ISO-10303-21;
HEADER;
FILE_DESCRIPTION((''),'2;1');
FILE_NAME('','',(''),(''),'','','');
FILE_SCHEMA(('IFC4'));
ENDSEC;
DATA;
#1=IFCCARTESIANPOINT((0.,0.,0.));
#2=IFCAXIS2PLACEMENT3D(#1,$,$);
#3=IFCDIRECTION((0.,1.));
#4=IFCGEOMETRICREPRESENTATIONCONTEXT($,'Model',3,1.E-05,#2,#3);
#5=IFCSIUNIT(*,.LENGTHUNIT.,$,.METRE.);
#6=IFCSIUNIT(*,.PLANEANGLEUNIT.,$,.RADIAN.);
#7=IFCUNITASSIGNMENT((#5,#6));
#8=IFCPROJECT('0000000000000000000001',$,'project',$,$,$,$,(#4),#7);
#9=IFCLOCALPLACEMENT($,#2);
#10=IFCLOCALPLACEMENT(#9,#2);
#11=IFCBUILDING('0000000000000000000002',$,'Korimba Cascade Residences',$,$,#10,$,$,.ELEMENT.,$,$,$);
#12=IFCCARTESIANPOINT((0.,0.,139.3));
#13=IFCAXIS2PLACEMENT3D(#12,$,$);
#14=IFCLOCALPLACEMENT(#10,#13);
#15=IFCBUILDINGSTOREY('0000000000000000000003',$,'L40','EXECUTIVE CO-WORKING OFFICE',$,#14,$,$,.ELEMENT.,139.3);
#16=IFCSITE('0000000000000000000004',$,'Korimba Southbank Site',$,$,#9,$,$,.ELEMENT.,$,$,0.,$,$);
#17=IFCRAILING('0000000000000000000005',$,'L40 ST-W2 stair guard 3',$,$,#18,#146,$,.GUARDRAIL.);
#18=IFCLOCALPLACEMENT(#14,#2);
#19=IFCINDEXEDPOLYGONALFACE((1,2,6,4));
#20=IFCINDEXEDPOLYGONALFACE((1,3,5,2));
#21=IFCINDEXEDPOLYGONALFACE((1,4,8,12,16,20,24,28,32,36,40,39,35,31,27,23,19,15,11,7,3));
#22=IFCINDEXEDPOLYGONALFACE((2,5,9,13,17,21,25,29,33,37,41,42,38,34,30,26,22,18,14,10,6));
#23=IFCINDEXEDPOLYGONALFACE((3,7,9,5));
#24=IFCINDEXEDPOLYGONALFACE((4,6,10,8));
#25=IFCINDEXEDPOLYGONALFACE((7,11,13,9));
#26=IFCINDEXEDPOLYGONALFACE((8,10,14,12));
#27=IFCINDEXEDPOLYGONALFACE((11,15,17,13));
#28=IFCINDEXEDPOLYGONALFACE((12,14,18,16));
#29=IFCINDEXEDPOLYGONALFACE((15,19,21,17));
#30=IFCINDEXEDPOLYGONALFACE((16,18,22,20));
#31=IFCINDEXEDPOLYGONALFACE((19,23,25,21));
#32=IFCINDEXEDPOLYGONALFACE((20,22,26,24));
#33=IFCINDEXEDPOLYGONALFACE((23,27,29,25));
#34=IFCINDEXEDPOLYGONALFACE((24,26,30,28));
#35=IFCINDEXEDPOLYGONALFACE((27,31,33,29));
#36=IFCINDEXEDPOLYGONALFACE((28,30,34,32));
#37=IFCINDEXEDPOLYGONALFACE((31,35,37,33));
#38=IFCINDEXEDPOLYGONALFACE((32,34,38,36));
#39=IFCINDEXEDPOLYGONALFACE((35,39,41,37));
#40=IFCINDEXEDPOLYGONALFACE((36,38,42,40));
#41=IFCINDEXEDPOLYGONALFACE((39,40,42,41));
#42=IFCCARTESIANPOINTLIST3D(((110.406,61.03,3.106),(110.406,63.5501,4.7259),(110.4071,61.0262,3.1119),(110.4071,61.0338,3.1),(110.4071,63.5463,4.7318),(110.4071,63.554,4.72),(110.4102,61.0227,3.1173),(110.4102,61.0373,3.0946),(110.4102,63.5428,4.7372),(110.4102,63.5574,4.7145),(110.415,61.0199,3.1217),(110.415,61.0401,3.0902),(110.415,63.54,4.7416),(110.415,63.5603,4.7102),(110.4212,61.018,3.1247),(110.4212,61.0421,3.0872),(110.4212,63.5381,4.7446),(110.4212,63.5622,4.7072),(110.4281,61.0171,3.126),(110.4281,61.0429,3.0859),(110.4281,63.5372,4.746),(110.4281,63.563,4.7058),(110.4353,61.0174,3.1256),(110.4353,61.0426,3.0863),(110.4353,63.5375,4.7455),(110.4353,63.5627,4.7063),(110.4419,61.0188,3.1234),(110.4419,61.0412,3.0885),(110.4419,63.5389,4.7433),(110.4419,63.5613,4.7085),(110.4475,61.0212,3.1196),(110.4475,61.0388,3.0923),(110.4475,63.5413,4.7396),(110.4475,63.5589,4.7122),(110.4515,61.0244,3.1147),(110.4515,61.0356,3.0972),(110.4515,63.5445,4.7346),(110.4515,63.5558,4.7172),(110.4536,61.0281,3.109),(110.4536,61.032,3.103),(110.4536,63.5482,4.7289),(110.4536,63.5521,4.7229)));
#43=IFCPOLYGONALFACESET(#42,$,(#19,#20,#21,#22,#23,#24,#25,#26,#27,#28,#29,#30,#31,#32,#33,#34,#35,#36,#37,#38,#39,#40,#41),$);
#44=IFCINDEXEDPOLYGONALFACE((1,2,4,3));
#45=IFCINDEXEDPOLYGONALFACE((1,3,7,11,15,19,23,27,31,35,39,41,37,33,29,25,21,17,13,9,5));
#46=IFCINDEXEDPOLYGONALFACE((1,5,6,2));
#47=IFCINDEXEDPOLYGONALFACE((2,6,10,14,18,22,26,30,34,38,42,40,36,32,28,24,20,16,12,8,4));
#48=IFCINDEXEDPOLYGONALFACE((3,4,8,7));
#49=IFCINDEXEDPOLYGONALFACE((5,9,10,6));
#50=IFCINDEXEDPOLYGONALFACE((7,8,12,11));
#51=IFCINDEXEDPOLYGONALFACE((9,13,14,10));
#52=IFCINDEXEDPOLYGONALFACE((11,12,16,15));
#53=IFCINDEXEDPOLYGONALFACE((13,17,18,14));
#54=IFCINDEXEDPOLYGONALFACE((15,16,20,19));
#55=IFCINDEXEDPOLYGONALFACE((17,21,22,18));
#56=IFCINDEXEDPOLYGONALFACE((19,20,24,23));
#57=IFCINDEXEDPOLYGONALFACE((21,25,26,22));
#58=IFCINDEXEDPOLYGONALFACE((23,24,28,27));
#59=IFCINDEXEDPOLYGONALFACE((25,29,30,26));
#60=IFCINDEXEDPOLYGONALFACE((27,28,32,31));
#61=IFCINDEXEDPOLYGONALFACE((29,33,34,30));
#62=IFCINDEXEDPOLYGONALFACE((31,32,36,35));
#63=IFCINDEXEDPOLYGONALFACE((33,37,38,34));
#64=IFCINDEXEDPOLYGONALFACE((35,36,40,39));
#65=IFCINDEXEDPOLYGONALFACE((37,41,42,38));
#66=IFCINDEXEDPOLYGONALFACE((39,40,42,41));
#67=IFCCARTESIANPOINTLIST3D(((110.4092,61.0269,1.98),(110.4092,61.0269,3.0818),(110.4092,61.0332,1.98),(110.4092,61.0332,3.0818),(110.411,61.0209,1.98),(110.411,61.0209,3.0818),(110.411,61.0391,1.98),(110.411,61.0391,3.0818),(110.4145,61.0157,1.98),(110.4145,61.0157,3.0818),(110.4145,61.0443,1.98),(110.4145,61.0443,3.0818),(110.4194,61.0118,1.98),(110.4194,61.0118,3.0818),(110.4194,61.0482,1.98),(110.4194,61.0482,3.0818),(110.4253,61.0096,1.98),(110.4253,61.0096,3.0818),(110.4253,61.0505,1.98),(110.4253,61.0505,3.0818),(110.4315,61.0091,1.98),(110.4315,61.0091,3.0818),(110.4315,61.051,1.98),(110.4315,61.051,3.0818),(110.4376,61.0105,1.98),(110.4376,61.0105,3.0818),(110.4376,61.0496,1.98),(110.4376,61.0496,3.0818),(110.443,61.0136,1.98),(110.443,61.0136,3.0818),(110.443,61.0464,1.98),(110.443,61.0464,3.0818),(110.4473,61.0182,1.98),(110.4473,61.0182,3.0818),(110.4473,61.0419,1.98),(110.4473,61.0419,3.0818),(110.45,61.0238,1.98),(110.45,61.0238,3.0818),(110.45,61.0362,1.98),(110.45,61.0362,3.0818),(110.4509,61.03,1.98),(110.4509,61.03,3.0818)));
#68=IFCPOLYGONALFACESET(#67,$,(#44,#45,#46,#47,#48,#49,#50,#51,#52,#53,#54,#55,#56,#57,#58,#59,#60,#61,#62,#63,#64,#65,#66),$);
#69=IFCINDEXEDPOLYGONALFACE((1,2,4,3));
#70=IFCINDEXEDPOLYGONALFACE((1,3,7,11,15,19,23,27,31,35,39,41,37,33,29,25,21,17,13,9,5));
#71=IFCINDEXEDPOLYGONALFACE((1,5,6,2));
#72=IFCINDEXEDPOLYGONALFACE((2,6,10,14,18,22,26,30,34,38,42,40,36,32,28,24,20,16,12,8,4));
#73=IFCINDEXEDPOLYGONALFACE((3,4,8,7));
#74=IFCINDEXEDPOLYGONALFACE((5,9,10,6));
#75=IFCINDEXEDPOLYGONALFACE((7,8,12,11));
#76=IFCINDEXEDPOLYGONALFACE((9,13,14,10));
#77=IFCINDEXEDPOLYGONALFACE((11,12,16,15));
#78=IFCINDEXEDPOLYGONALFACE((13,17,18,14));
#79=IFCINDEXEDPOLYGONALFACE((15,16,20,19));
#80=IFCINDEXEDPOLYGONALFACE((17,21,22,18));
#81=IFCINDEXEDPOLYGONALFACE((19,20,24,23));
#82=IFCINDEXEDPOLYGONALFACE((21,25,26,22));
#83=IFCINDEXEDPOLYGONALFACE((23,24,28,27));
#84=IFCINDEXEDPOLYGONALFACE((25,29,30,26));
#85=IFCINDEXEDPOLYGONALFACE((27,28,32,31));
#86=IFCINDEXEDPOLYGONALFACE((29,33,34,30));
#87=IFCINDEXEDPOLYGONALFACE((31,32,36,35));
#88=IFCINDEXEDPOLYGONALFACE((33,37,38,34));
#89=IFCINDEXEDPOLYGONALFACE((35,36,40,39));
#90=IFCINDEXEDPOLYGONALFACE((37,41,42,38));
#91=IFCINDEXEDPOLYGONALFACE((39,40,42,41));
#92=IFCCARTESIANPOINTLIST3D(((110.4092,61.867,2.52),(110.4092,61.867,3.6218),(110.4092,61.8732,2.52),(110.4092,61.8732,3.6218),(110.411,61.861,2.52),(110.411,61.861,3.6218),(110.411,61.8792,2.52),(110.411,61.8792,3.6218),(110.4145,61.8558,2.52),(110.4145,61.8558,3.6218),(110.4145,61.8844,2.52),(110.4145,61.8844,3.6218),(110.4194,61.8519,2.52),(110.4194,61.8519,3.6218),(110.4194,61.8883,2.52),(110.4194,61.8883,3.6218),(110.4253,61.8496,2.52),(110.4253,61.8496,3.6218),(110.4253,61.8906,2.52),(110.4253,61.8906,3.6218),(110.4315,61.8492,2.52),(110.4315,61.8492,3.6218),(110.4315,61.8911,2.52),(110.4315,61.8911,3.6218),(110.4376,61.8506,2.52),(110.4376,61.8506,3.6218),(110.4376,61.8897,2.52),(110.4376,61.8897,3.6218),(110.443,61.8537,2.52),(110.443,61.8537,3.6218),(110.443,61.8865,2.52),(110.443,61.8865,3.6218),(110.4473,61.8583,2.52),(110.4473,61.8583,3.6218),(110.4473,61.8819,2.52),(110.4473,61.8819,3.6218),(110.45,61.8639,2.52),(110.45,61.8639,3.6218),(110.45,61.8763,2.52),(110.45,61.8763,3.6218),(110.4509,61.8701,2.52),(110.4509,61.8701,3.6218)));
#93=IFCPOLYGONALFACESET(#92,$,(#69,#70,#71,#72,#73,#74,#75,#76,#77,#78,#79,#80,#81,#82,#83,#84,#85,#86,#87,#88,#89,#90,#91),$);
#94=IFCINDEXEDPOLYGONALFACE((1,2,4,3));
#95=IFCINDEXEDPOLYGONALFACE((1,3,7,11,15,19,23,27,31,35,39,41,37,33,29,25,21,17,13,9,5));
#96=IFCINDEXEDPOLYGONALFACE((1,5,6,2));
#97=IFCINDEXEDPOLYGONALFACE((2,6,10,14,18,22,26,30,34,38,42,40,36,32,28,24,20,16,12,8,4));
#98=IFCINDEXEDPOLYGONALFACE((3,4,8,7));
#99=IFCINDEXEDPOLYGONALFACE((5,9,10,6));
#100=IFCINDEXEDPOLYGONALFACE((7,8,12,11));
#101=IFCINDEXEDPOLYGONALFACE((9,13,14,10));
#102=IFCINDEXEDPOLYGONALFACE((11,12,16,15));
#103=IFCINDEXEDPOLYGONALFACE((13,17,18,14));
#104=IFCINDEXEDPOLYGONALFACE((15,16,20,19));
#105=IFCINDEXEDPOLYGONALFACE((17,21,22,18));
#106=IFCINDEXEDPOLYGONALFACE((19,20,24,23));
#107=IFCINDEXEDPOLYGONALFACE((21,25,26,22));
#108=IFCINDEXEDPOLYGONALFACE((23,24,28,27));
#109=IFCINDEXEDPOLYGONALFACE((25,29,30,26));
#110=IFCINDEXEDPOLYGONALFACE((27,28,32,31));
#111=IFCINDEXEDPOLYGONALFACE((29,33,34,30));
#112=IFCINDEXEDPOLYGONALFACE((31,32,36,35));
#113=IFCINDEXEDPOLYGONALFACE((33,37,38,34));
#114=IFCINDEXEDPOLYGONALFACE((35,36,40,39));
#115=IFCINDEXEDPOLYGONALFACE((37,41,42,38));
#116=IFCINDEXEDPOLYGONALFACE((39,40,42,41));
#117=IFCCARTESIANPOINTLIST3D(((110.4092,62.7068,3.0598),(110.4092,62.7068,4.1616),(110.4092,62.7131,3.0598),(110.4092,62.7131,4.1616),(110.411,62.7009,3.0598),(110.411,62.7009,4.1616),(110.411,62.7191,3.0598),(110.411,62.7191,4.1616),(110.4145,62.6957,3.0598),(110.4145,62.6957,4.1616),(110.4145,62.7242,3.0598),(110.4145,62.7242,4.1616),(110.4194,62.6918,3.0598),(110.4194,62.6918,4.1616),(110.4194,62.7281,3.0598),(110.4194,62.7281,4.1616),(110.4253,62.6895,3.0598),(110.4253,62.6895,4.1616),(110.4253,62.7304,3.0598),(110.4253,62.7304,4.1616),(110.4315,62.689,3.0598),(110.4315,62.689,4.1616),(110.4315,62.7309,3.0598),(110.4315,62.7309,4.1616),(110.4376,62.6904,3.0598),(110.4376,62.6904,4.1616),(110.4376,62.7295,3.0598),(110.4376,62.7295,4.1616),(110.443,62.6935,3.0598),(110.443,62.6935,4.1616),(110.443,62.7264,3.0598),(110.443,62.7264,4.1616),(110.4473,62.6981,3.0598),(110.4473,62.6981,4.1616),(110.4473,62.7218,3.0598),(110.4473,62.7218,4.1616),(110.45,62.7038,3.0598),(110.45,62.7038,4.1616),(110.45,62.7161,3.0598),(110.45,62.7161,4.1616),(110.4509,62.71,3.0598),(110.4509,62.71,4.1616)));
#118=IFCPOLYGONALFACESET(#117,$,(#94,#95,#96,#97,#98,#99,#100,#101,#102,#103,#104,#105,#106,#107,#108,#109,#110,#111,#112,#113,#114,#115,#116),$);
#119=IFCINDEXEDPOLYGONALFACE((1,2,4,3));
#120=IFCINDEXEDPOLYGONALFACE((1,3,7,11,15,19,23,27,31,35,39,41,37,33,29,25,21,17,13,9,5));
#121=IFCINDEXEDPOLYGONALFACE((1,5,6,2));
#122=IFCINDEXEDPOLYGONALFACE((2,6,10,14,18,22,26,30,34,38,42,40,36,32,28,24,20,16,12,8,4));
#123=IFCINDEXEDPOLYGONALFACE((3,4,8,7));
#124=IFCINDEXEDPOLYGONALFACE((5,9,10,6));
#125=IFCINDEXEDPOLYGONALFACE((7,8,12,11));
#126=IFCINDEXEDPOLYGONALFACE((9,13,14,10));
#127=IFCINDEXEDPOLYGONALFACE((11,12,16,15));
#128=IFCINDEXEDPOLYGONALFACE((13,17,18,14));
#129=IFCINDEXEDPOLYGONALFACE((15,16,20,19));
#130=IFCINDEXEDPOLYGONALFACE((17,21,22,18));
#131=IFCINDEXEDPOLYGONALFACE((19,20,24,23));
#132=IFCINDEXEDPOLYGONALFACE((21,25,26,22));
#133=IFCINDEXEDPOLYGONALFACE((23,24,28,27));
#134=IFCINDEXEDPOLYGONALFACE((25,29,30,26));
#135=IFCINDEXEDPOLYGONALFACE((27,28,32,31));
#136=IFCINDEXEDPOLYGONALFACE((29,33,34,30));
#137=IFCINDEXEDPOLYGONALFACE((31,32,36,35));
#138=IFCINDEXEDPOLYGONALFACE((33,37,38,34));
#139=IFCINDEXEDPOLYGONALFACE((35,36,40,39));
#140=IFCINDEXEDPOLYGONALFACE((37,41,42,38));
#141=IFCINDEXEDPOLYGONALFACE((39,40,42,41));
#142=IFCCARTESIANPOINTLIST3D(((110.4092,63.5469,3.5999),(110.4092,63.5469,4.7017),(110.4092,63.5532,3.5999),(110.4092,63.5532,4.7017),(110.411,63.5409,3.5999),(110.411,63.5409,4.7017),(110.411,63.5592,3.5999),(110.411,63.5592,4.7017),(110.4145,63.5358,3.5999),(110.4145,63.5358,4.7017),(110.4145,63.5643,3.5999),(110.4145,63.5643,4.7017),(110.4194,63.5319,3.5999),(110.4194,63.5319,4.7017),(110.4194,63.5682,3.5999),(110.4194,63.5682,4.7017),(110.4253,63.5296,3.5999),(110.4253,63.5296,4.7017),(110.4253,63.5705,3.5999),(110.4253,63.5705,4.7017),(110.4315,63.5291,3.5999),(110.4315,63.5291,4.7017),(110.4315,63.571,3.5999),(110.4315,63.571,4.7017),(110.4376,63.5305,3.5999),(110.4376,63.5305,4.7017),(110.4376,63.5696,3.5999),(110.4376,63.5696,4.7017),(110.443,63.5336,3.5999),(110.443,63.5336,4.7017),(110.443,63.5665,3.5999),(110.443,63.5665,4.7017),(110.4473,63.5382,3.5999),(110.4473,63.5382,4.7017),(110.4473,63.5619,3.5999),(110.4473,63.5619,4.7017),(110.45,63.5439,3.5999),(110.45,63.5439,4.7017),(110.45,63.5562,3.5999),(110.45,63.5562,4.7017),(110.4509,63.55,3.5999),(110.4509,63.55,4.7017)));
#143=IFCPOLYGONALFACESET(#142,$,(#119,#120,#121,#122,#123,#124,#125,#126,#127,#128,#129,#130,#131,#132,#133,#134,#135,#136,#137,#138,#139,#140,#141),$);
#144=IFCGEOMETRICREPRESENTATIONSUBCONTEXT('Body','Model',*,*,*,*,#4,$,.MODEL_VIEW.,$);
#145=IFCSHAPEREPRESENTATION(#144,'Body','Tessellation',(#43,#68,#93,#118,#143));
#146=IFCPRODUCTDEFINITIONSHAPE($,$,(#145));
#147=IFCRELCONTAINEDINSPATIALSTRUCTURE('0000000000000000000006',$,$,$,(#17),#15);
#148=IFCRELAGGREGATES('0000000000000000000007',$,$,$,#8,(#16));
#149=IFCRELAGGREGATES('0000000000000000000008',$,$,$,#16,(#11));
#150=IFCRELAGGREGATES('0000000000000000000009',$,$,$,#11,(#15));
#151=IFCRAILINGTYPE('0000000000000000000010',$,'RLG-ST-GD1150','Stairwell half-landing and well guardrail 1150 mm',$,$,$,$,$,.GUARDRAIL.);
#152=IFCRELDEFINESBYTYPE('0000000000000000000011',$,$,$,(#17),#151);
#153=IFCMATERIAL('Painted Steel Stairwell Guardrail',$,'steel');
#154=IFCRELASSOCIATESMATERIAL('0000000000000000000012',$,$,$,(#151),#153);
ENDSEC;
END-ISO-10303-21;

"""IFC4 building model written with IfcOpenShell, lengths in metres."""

from ifc_helpers import new_model, si_unit, direction, frame, origin, origin_2d, place, context, subcontext, project, spatial, circle, extrude, material, type_object, element, save


model = new_model("IFC4")

# Units and contexts
model_context = context("Model", 3, precision=1e-05, world=origin(), true_north=direction((0.0, 1.0)))
body_context = subcontext(model_context, "Body", "Model", "MODEL_VIEW")
ifc_project = project(units=[si_unit("LENGTHUNIT", "METRE"), si_unit("PLANEANGLEUNIT", "RADIAN")], contexts=[model_context])

# Site, building, storey
site_placement = place(None, origin())
site = spatial("IfcSite", under=ifc_project, at=site_placement, Name="Korimba Southbank Site", CompositionType="ELEMENT", RefElevation=0.0)
building_placement = place(site_placement, origin())
building = spatial("IfcBuilding", under=site, at=building_placement, Name="Korimba Cascade Residences", CompositionType="ELEMENT")
storey_placement = place(building_placement, frame((0.0, 0.0, 139.3)))
storey = spatial("IfcBuildingStorey", under=building, at=storey_placement, Name="L40", Description="EXECUTIVE CO-WORKING OFFICE", CompositionType="ELEMENT", Elevation=139.3)

# Railing
ifc_material_1 = material(Name="Painted Steel Stairwell Guardrail", Category="steel")
railing_type_1 = type_object("IfcRailingType", Name="RLG-ST-GD1150", Description="Stairwell half-landing and well guardrail 1150 mm", PredefinedType="GUARDRAIL", material=ifc_material_1)
railing_1_placement = place(storey_placement, frame((110.4299, 61.03, 1.98)))
element("IfcRailing", 1, at=railing_1_placement, inside=storey, type_object=railing_type_1, Name="L40 ST-W2 stair guard 3", PredefinedType="GUARDRAIL", context=body_context, shape_type="SweptSolid", body=[
    extrude(circle(Radius=0.0239, at=origin_2d()), frame((0.0, 0.0, 1.126), z_axis=(0.0, 0.8412, 0.540725), x_axis=(-1.0, 0.0, 0.0)), (0.0, 0.0, 1.0), 2.9958),
    extrude(circle(Radius=0.021, at=origin_2d()), origin(), (0.0, 0.0, 1.0), 1.1018),
    extrude(circle(Radius=0.021, at=origin_2d()), frame((0.0, 0.8401, 0.54)), (0.0, 0.0, 1.0), 1.1018),
    extrude(circle(Radius=0.021, at=origin_2d()), frame((0.0, 1.6799, 1.0798)), (0.0, 0.0, 1.0), 1.1018),
    extrude(circle(Radius=0.021, at=origin_2d()), frame((0.0, 2.52, 1.6199)), (0.0, 0.0, 1.0), 1.1018),
])

save(model, "model.ifc")
